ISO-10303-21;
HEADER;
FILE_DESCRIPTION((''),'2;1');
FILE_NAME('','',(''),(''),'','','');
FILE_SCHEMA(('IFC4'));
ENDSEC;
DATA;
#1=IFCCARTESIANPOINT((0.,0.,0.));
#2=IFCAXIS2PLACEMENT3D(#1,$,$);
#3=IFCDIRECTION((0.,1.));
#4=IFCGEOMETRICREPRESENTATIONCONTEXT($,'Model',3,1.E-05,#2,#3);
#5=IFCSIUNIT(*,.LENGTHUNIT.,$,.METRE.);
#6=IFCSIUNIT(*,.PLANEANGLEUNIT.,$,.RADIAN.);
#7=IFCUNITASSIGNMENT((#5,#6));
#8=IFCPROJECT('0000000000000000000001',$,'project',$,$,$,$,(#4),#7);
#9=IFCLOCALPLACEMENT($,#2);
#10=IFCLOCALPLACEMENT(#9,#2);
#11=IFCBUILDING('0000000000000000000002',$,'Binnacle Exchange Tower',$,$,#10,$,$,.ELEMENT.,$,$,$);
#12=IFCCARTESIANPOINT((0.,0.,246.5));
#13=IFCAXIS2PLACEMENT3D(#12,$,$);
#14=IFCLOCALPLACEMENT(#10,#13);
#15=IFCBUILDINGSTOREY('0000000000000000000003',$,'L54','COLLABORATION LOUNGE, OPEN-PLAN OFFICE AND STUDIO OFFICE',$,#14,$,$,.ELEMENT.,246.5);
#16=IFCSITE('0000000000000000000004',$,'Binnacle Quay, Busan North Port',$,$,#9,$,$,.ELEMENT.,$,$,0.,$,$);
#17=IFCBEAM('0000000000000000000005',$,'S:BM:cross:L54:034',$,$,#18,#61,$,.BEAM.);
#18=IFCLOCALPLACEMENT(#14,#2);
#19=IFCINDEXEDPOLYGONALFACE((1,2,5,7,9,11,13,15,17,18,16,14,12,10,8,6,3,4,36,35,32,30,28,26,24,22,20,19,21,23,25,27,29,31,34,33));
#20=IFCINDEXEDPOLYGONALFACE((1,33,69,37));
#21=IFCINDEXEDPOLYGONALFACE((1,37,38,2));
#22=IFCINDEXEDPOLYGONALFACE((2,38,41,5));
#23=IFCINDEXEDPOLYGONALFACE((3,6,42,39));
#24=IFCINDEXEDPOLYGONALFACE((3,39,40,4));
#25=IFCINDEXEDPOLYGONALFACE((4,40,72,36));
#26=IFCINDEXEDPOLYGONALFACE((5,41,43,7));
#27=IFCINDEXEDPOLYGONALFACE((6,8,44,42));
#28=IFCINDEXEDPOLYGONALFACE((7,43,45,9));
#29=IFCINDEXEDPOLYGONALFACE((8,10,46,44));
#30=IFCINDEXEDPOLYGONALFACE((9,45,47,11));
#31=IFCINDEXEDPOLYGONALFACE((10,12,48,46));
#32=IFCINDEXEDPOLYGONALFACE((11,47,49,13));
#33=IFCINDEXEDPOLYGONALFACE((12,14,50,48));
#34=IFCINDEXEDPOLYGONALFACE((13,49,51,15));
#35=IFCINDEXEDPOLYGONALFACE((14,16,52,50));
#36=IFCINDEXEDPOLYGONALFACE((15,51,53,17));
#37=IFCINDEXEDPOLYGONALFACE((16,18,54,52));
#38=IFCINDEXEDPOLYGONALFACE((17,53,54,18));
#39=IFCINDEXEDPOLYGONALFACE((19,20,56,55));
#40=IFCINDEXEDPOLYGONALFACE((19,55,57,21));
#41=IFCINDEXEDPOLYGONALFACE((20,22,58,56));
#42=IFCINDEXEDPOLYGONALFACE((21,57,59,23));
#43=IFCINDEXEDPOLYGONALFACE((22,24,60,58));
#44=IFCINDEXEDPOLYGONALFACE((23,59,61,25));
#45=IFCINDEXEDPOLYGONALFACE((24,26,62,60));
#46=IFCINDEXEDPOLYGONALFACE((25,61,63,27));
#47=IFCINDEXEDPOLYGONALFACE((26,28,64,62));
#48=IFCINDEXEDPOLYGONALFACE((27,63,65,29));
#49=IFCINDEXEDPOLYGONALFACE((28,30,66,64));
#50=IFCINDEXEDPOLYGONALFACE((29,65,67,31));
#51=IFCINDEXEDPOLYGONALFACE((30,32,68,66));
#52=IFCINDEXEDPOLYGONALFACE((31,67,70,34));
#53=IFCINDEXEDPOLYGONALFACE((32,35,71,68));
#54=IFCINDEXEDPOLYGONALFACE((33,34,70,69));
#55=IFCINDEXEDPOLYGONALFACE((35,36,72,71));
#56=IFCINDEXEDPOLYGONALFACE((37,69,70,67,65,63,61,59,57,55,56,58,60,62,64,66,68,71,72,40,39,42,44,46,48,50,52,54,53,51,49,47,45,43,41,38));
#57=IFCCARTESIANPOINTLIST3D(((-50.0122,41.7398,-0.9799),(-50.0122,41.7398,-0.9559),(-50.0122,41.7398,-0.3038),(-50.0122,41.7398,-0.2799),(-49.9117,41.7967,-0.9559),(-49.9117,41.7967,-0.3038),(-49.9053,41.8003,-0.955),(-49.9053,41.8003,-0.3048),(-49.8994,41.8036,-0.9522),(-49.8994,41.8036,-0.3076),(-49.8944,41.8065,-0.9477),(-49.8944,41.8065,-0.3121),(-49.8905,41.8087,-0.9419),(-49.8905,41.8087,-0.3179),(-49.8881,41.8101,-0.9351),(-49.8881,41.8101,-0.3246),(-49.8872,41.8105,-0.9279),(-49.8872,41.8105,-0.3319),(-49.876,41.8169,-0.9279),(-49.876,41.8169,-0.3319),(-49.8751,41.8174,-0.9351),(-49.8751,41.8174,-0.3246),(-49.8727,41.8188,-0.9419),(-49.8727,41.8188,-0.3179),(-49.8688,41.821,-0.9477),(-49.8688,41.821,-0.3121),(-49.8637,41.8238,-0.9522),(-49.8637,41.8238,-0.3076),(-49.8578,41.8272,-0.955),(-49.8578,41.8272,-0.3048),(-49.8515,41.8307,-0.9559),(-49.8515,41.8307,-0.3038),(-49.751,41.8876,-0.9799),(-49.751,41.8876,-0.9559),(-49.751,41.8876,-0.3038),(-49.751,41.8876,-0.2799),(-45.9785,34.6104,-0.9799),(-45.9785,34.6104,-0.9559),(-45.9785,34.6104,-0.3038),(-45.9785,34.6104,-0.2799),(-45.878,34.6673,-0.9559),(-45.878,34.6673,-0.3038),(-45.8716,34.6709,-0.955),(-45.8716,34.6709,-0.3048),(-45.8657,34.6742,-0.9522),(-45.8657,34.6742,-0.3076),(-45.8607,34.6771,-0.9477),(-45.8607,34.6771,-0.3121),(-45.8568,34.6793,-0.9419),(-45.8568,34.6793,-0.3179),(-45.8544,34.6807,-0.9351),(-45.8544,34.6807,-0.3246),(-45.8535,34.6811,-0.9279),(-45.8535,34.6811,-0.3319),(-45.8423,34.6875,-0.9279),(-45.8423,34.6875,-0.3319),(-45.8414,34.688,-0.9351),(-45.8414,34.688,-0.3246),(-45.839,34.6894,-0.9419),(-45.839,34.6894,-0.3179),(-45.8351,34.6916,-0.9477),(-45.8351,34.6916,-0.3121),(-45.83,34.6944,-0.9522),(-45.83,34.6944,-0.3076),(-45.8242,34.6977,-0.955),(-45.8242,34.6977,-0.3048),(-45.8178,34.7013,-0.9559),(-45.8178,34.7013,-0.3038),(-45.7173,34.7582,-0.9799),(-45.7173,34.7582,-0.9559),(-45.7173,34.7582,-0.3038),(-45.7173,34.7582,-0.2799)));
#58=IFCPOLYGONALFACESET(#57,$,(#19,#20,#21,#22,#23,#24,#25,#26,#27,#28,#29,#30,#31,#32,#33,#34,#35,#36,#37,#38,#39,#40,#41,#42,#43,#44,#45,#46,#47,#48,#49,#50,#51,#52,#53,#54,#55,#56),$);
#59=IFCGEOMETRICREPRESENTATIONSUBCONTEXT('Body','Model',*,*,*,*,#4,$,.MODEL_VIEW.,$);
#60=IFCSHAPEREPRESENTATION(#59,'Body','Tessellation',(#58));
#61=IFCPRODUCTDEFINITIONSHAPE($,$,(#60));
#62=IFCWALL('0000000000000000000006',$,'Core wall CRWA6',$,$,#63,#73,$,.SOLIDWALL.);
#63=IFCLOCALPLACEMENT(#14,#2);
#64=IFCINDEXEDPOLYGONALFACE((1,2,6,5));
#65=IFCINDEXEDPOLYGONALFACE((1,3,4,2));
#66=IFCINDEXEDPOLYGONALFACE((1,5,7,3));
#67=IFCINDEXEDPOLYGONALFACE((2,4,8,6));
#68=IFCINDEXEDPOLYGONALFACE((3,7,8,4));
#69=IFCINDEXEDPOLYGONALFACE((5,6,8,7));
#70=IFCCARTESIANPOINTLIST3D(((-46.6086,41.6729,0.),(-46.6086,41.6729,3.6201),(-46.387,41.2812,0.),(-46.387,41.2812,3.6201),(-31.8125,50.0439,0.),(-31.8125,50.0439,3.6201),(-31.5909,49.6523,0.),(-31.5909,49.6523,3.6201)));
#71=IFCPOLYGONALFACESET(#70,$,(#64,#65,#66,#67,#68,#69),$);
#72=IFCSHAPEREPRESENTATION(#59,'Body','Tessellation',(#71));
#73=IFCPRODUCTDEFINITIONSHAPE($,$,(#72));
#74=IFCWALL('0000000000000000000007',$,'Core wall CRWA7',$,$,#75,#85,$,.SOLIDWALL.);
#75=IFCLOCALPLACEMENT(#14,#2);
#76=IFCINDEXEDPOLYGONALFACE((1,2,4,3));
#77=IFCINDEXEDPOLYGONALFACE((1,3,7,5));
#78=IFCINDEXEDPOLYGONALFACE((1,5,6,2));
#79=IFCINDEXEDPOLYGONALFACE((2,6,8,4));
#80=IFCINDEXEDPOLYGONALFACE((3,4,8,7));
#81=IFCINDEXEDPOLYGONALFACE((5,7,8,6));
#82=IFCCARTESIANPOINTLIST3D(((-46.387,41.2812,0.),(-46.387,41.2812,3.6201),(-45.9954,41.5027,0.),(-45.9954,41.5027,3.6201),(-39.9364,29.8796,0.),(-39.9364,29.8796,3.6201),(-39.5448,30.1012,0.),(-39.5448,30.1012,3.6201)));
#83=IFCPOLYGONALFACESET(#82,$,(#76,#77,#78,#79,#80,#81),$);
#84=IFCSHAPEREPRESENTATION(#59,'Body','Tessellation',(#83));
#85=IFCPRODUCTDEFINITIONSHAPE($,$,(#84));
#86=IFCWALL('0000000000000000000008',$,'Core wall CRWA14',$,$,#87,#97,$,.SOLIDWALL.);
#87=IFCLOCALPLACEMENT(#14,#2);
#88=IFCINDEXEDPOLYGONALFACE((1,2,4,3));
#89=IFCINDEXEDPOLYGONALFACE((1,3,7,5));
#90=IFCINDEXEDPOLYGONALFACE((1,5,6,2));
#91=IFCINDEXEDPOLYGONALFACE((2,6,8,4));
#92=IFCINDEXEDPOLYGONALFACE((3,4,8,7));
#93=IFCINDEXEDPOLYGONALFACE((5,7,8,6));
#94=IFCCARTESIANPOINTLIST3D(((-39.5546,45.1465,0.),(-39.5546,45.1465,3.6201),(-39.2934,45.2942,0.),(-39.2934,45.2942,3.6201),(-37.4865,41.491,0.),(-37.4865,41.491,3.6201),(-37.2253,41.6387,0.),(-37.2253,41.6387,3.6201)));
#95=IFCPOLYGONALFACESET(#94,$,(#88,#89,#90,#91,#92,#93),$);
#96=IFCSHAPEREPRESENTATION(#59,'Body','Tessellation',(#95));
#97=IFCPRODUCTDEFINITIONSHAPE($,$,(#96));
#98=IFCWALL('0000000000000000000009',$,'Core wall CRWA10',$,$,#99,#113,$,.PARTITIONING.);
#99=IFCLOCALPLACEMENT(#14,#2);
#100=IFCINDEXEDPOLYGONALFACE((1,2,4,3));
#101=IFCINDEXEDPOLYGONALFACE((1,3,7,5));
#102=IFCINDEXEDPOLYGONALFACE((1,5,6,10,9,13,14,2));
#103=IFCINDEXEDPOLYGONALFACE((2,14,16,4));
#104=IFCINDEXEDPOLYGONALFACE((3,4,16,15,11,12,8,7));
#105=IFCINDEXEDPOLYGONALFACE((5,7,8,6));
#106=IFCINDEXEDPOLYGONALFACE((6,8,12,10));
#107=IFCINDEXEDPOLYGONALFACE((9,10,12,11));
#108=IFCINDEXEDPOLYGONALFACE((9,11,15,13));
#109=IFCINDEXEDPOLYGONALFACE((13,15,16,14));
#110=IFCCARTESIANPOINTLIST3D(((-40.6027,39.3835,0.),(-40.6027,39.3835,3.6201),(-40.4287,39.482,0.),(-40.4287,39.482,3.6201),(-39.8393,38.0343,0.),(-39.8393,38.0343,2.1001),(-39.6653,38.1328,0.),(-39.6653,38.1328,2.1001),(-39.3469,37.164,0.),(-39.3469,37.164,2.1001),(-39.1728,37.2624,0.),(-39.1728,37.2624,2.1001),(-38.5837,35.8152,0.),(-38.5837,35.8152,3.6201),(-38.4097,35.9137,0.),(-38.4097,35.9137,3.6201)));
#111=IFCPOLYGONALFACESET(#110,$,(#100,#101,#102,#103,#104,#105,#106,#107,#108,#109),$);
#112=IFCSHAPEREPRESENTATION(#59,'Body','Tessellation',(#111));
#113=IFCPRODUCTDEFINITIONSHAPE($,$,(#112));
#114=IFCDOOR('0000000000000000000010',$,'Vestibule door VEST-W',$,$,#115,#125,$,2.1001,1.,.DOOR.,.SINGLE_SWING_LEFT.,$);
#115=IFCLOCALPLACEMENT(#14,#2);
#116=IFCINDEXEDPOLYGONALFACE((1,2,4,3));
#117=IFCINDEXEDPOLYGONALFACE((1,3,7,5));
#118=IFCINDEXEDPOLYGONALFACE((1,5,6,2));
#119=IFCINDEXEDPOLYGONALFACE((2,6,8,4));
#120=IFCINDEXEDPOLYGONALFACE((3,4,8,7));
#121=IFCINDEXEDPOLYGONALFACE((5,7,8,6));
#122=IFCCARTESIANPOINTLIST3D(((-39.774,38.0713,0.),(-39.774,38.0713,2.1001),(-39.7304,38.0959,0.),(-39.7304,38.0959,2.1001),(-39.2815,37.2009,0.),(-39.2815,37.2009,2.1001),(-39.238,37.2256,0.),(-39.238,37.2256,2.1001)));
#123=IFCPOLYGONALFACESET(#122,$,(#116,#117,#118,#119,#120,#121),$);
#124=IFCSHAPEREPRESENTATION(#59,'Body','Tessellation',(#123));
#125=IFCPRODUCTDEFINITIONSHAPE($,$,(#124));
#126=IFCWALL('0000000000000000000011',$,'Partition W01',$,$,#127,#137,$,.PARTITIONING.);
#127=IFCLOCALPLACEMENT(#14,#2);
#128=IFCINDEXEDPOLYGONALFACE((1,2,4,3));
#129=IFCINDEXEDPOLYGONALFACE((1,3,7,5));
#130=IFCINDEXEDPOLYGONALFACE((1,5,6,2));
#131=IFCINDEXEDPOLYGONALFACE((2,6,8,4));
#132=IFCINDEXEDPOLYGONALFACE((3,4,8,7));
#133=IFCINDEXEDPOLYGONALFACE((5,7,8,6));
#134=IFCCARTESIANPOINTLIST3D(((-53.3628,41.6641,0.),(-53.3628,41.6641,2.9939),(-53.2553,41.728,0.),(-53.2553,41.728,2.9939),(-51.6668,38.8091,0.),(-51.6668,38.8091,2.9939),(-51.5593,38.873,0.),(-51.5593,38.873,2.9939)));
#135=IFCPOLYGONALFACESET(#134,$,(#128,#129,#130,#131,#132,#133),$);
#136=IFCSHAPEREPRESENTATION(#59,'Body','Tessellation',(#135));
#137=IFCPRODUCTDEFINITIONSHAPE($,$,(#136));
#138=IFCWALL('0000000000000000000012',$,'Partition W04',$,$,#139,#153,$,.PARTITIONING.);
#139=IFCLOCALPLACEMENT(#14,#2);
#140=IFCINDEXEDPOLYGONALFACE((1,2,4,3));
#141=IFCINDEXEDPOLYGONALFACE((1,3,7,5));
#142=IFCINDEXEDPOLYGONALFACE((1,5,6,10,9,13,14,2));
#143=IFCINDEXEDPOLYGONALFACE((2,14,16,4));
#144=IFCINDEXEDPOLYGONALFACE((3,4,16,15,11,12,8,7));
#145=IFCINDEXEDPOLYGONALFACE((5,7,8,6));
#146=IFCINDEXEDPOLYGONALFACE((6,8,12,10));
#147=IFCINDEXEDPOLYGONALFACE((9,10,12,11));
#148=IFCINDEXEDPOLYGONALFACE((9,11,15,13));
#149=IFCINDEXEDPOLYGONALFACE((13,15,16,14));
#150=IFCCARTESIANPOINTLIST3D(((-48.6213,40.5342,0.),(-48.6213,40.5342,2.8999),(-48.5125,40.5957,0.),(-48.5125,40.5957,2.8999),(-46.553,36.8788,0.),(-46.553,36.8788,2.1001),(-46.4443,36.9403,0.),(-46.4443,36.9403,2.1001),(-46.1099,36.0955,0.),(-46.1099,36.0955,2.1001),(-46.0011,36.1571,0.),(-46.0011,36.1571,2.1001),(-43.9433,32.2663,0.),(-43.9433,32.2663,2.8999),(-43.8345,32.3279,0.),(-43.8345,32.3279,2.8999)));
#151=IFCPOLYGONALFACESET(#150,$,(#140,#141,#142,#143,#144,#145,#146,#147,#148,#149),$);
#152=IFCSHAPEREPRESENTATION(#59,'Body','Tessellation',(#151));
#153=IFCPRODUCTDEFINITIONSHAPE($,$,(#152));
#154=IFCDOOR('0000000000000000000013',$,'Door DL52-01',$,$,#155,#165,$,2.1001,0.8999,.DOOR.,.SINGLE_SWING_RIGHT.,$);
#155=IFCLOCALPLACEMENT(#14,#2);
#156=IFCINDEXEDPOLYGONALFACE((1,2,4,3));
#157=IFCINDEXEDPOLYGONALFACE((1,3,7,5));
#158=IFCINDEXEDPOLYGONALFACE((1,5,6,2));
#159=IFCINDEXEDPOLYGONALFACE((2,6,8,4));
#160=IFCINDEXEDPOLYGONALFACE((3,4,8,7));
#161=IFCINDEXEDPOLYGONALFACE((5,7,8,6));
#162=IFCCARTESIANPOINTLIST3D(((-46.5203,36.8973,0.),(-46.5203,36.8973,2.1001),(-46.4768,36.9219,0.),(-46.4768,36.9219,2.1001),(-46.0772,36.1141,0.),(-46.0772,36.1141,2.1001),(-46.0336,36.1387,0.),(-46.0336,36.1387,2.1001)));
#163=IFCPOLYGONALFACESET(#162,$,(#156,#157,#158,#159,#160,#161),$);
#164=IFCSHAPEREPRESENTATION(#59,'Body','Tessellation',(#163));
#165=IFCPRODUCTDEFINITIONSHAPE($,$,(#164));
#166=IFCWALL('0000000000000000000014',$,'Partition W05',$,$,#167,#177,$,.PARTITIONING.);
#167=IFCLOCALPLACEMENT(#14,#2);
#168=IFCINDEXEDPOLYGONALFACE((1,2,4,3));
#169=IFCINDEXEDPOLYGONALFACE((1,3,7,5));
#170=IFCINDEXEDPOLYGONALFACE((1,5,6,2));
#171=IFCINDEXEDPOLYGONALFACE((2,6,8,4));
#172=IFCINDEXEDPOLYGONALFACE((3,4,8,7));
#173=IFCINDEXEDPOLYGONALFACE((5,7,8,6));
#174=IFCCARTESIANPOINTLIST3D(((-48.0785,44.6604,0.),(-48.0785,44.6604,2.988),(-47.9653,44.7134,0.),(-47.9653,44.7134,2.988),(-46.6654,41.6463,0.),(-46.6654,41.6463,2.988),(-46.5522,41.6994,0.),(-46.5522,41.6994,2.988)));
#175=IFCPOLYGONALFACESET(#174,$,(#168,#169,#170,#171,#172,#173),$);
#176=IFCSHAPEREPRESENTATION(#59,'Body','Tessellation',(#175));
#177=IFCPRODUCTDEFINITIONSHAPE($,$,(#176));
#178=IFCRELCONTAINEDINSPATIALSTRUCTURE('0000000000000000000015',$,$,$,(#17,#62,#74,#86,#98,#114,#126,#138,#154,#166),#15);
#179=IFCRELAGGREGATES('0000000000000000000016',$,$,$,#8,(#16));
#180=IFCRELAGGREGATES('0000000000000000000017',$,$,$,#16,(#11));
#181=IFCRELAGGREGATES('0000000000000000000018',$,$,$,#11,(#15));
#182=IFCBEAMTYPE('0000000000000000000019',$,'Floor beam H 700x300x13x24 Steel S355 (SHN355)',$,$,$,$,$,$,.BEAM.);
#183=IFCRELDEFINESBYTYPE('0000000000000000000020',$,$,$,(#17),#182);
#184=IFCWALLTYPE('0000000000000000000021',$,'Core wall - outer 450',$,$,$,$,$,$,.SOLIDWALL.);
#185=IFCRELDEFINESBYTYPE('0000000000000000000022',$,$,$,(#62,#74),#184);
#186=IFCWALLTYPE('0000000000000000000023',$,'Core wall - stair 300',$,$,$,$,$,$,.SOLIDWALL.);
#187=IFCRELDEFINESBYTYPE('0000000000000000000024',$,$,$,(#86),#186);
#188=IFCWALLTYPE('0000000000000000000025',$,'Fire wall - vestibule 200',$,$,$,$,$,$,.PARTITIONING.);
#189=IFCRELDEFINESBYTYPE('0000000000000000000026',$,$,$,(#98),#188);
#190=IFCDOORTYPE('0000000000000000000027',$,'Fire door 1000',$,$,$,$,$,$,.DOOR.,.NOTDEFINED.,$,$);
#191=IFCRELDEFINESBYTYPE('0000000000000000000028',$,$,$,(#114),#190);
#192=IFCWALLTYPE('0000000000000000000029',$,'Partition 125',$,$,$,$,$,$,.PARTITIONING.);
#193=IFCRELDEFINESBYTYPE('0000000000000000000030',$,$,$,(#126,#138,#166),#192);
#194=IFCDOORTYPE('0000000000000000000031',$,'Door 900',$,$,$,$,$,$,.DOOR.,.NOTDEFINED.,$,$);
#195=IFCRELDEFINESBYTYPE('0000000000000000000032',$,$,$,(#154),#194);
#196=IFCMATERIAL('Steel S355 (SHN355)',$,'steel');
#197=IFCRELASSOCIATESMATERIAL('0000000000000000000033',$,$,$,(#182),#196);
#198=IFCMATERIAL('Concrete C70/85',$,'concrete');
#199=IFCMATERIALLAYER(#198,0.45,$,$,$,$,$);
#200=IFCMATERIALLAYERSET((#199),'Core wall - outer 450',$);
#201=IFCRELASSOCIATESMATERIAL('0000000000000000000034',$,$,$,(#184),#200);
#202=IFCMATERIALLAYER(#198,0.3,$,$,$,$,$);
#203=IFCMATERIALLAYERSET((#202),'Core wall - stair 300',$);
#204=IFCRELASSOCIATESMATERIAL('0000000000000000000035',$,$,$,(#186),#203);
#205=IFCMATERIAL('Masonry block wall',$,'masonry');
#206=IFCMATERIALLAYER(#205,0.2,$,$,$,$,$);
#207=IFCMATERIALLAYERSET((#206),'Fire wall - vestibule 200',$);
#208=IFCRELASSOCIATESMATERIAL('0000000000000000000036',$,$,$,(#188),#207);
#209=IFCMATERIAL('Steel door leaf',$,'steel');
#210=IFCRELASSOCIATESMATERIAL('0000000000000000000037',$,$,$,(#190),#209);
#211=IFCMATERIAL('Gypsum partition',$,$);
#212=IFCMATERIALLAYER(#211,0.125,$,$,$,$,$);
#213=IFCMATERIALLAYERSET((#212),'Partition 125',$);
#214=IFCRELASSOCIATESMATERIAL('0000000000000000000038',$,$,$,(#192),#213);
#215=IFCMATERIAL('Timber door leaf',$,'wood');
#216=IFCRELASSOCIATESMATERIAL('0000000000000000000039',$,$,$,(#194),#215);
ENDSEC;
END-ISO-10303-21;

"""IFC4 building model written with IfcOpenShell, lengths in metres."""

from ifc_helpers import new_model, si_unit, direction, frame, frame_2d, origin, origin_2d, place, context, subcontext, project, spatial, rectangle, i_section, extrude, material, layer, layer_set, material_profile, profile_set, type_object, element, fill, save


model = new_model("IFC4")

# Units and contexts
model_context = context("Model", 3, precision=1e-05, world=origin(), true_north=direction((0.0, 1.0)))
body_context = subcontext(model_context, "Body", "Model", "MODEL_VIEW")
ifc_project = project(units=[si_unit("LENGTHUNIT", "METRE"), si_unit("PLANEANGLEUNIT", "RADIAN")], contexts=[model_context])

# Site, building, storey
site_placement = place(None, origin())
site = spatial("IfcSite", under=ifc_project, at=site_placement, Name="Binnacle Quay, Busan North Port", CompositionType="ELEMENT", RefElevation=0.0)
building_placement = place(site_placement, origin())
building = spatial("IfcBuilding", under=site, at=building_placement, Name="Binnacle Exchange Tower", CompositionType="ELEMENT")
storey_placement = place(building_placement, frame((0.0, 0.0, 246.5)))
storey = spatial("IfcBuildingStorey", under=building, at=storey_placement, Name="L54", Description="COLLABORATION LOUNGE, OPEN-PLAN OFFICE AND STUDIO OFFICE", CompositionType="ELEMENT", Elevation=246.5)

# Beam
ifc_material_1 = material(Name="Steel S355 (SHN355)", Category="steel")
ifc_material_profile_1 = material_profile(ifc_material_1, i_section(OverallWidth=0.3, OverallDepth=0.7, WebThickness=0.0129, FlangeThickness=0.0239, FilletRadius=0.0281, at=origin_2d()), Name="H 700x300x13x24")
ifc_profile_set_1 = profile_set([ifc_material_profile_1], Name="Steel S355 (SHN355)")
beam_type_1 = type_object("IfcBeamType", Name="Floor beam H 700x300x13x24 Steel S355 (SHN355)", PredefinedType="BEAM", material=ifc_profile_set_1)
beam_1_placement = place(storey_placement, frame((-49.8816, 41.8137, -0.6299), z_axis=(0.49243, -0.870352, 0.0), x_axis=(0.870352, 0.49243, 0.0)))
element("IfcBeam", 1, at=beam_1_placement, inside=storey, type_object=beam_type_1, Name="S:BM:cross:L54:034", PredefinedType="BEAM", context=body_context, shape_type="SweptSolid", body=[
    extrude(i_section(OverallWidth=0.3, OverallDepth=0.7, WebThickness=0.0129, FlangeThickness=0.0239, FilletRadius=0.0281, at=origin_2d()), origin(), (0.0, 0.0, 1.0), 8.1914),
])

# Walls
ifc_material_2 = material(Name="Concrete C70/85", Category="concrete")
ifc_layer_1 = layer(ifc_material_2, 0.45)
ifc_layer_set_1 = layer_set([ifc_layer_1], Name="Core wall - outer 450")
wall_type_1 = type_object("IfcWallType", Name="Core wall - outer 450", PredefinedType="SOLIDWALL", material=ifc_layer_set_1)
wall_1_placement = place(storey_placement, frame((-46.4978, 41.4771, 0.0), z_axis=(0.0, 0.0, 1.0), x_axis=(0.87036, 0.492416, 0.0)))
element("IfcWall", 2, at=wall_1_placement, inside=storey, type_object=wall_type_1, Name="Core wall CRWA6", PredefinedType="SOLIDWALL", context=body_context, shape_type="SweptSolid", body=[
    extrude(rectangle(XDim=17.0, YDim=0.45, at=frame_2d((8.5, 0.0))), origin(), (0.0, 0.0, 1.0), 3.6201),
])
wall_2_placement = place(storey_placement, frame((-46.1912, 41.3918, 0.0), z_axis=(0.0, 0.0, 1.0), x_axis=(0.492421, -0.870357, 0.0)))
element("IfcWall", 3, at=wall_2_placement, inside=storey, type_object=wall_type_1, Name="Core wall CRWA7", PredefinedType="SOLIDWALL", context=body_context, shape_type="SweptSolid", body=[
    extrude(rectangle(XDim=13.0999, YDim=0.45, at=frame_2d((6.5498, 0.0))), origin(), (0.0, 0.0, 1.0), 3.6201),
])
ifc_layer_2 = layer(ifc_material_2, 0.3)
ifc_layer_set_2 = layer_set([ifc_layer_2], Name="Core wall - stair 300")
wall_type_2 = type_object("IfcWallType", Name="Core wall - stair 300", PredefinedType="SOLIDWALL", material=ifc_layer_set_2)
wall_3_placement = place(storey_placement, frame((-39.4241, 45.2205, 0.0), z_axis=(0.0, 0.0, 1.0), x_axis=(0.49241, -0.870364, 0.0)))
element("IfcWall", 4, at=wall_3_placement, inside=storey, type_object=wall_type_2, Name="Core wall CRWA14", PredefinedType="SOLIDWALL", context=body_context, shape_type="SweptSolid", body=[
    extrude(rectangle(XDim=4.2, YDim=0.3, at=frame_2d((2.1001, 0.0))), origin(), (0.0, 0.0, 1.0), 3.6201),
])

# Wall, opening, door
ifc_material_3 = material(Name="Masonry block wall", Category="masonry")
ifc_layer_3 = layer(ifc_material_3, 0.2)
ifc_layer_set_3 = layer_set([ifc_layer_3], Name="Fire wall - vestibule 200")
wall_type_3 = type_object("IfcWallType", Name="Fire wall - vestibule 200", PredefinedType="PARTITIONING", material=ifc_layer_set_3)
wall_4_placement = place(storey_placement, frame((-40.5156, 39.4326, 0.0), z_axis=(0.0, 0.0, 1.0), x_axis=(0.492454, -0.870339, 0.0)))
wall_4 = element("IfcWall", 5, at=wall_4_placement, inside=storey, type_object=wall_type_3, Name="Core wall CRWA10", PredefinedType="PARTITIONING", context=body_context, shape_type="SweptSolid", body=[
    extrude(rectangle(XDim=4.0999, YDim=0.2, at=frame_2d((2.0498, 0.0))), origin(), (0.0, 0.0, 1.0), 3.6201),
])
opening_1_placement = place(wall_4_placement, frame((1.55, 0.0, 0.0)))
opening_1 = element("IfcOpeningElement", 6, at=opening_1_placement, cuts=wall_4, PredefinedType="OPENING", context=body_context, shape_type="SweptSolid", body=[
    extrude(rectangle(XDim=1.0, YDim=2.1001, at=frame_2d((0.5, 1.05))), frame((0.0, 0.1099, 0.0), z_axis=(0.0, -1.0, 0.0), x_axis=(1.0, 0.0, 0.0)), (0.0, 0.0, 1.0), 0.22),
])
ifc_material_4 = material(Name="Steel door leaf", Category="steel")
door_type_1 = type_object("IfcDoorType", Name="Fire door 1000", OperationType="NOTDEFINED", PredefinedType="DOOR", material=ifc_material_4)
door_1_placement = place(opening_1_placement, frame((1.0, 0.0, 0.0), z_axis=(0.0, 0.0, 1.0), x_axis=(-1.0, 0.0, 0.0)))
door_1 = element("IfcDoor", 7, at=door_1_placement, inside=storey, type_object=door_type_1, Name="Vestibule door VEST-W", OperationType="SINGLE_SWING_LEFT", OverallHeight=2.1001, OverallWidth=1.0, PredefinedType="DOOR", context=body_context, shape_type="SweptSolid", body=[
    extrude(rectangle(XDim=1.0, YDim=2.1001, at=frame_2d((0.5, 1.05))), frame((0.0, 0.0249, 0.0), z_axis=(0.0, -1.0, 0.0), x_axis=(1.0, 0.0, 0.0)), (0.0, 0.0, 1.0), 0.05),
])
fill(opening_1, door_1)

# Wall
ifc_material_5 = material(Name="Gypsum partition")
ifc_layer_4 = layer(ifc_material_5, 0.125)
ifc_layer_set_4 = layer_set([ifc_layer_4], Name="Partition 125")
wall_type_4 = type_object("IfcWallType", Name="Partition 125", PredefinedType="PARTITIONING", material=ifc_layer_set_4)
wall_5_placement = place(storey_placement, frame((-53.3091, 41.696, 0.0), z_axis=(0.0, 0.0, 1.0), x_axis=(0.510739, -0.859736, 0.0)))
element("IfcWall", 8, at=wall_5_placement, inside=storey, type_object=wall_type_4, Name="Partition W01", PredefinedType="PARTITIONING", context=body_context, shape_type="SweptSolid", body=[
    extrude(rectangle(XDim=3.3208, YDim=0.125, at=frame_2d((1.6604, 0.0))), origin(), (0.0, 0.0, 1.0), 2.9939),
])

# Wall, opening, door
wall_6_placement = place(storey_placement, frame((-48.5669, 40.5649, 0.0), z_axis=(0.0, 0.0, 1.0), x_axis=(0.492445, -0.870344, 0.0)))
wall_6 = element("IfcWall", 9, at=wall_6_placement, inside=storey, type_object=wall_type_4, Name="Partition W04", PredefinedType="PARTITIONING", context=body_context, shape_type="SweptSolid", body=[
    extrude(rectangle(XDim=9.4995, YDim=0.125, at=frame_2d((4.7498, 0.0))), origin(), (0.0, 0.0, 1.0), 2.8999),
])
opening_2_placement = place(wall_6_placement, frame((4.2, 0.0, 0.0)))
opening_2 = element("IfcOpeningElement", 10, at=opening_2_placement, cuts=wall_6, PredefinedType="OPENING", context=body_context, shape_type="SweptSolid", body=[
    extrude(rectangle(XDim=0.8999, YDim=2.1001, at=frame_2d((0.45, 1.05))), frame((0.0, 0.0725, 0.0), z_axis=(0.0, -1.0, 0.0), x_axis=(1.0, 0.0, 0.0)), (0.0, 0.0, 1.0), 0.145),
])
ifc_material_6 = material(Name="Timber door leaf", Category="wood")
door_type_2 = type_object("IfcDoorType", Name="Door 900", OperationType="NOTDEFINED", PredefinedType="DOOR", material=ifc_material_6)
door_2_placement = place(opening_2_placement, frame((0.8999, 0.0, 0.0), z_axis=(0.0, 0.0, 1.0), x_axis=(-1.0, 0.0, 0.0)))
door_2 = element("IfcDoor", 11, at=door_2_placement, inside=storey, type_object=door_type_2, Name="Door DL52-01", OperationType="SINGLE_SWING_RIGHT", OverallHeight=2.1001, OverallWidth=0.8999, PredefinedType="DOOR", context=body_context, shape_type="SweptSolid", body=[
    extrude(rectangle(XDim=0.8999, YDim=2.1001, at=frame_2d((0.45, 1.05))), frame((0.0, 0.0249, 0.0), z_axis=(0.0, -1.0, 0.0), x_axis=(1.0, 0.0, 0.0)), (0.0, 0.0, 1.0), 0.05),
])
fill(opening_2, door_2)

# Wall
wall_7_placement = place(storey_placement, frame((-48.022, 44.687, 0.0), z_axis=(0.0, 0.0, 1.0), x_axis=(0.424511, -0.905423, 0.0)))
element("IfcWall", 12, at=wall_7_placement, inside=storey, type_object=wall_type_4, Name="Partition W05", PredefinedType="PARTITIONING", context=body_context, shape_type="SweptSolid", body=[
    extrude(rectangle(XDim=3.3289, YDim=0.125, at=frame_2d((1.6646, 0.0))), origin(), (0.0, 0.0, 1.0), 2.988),
])

save(model, "model.ifc")
